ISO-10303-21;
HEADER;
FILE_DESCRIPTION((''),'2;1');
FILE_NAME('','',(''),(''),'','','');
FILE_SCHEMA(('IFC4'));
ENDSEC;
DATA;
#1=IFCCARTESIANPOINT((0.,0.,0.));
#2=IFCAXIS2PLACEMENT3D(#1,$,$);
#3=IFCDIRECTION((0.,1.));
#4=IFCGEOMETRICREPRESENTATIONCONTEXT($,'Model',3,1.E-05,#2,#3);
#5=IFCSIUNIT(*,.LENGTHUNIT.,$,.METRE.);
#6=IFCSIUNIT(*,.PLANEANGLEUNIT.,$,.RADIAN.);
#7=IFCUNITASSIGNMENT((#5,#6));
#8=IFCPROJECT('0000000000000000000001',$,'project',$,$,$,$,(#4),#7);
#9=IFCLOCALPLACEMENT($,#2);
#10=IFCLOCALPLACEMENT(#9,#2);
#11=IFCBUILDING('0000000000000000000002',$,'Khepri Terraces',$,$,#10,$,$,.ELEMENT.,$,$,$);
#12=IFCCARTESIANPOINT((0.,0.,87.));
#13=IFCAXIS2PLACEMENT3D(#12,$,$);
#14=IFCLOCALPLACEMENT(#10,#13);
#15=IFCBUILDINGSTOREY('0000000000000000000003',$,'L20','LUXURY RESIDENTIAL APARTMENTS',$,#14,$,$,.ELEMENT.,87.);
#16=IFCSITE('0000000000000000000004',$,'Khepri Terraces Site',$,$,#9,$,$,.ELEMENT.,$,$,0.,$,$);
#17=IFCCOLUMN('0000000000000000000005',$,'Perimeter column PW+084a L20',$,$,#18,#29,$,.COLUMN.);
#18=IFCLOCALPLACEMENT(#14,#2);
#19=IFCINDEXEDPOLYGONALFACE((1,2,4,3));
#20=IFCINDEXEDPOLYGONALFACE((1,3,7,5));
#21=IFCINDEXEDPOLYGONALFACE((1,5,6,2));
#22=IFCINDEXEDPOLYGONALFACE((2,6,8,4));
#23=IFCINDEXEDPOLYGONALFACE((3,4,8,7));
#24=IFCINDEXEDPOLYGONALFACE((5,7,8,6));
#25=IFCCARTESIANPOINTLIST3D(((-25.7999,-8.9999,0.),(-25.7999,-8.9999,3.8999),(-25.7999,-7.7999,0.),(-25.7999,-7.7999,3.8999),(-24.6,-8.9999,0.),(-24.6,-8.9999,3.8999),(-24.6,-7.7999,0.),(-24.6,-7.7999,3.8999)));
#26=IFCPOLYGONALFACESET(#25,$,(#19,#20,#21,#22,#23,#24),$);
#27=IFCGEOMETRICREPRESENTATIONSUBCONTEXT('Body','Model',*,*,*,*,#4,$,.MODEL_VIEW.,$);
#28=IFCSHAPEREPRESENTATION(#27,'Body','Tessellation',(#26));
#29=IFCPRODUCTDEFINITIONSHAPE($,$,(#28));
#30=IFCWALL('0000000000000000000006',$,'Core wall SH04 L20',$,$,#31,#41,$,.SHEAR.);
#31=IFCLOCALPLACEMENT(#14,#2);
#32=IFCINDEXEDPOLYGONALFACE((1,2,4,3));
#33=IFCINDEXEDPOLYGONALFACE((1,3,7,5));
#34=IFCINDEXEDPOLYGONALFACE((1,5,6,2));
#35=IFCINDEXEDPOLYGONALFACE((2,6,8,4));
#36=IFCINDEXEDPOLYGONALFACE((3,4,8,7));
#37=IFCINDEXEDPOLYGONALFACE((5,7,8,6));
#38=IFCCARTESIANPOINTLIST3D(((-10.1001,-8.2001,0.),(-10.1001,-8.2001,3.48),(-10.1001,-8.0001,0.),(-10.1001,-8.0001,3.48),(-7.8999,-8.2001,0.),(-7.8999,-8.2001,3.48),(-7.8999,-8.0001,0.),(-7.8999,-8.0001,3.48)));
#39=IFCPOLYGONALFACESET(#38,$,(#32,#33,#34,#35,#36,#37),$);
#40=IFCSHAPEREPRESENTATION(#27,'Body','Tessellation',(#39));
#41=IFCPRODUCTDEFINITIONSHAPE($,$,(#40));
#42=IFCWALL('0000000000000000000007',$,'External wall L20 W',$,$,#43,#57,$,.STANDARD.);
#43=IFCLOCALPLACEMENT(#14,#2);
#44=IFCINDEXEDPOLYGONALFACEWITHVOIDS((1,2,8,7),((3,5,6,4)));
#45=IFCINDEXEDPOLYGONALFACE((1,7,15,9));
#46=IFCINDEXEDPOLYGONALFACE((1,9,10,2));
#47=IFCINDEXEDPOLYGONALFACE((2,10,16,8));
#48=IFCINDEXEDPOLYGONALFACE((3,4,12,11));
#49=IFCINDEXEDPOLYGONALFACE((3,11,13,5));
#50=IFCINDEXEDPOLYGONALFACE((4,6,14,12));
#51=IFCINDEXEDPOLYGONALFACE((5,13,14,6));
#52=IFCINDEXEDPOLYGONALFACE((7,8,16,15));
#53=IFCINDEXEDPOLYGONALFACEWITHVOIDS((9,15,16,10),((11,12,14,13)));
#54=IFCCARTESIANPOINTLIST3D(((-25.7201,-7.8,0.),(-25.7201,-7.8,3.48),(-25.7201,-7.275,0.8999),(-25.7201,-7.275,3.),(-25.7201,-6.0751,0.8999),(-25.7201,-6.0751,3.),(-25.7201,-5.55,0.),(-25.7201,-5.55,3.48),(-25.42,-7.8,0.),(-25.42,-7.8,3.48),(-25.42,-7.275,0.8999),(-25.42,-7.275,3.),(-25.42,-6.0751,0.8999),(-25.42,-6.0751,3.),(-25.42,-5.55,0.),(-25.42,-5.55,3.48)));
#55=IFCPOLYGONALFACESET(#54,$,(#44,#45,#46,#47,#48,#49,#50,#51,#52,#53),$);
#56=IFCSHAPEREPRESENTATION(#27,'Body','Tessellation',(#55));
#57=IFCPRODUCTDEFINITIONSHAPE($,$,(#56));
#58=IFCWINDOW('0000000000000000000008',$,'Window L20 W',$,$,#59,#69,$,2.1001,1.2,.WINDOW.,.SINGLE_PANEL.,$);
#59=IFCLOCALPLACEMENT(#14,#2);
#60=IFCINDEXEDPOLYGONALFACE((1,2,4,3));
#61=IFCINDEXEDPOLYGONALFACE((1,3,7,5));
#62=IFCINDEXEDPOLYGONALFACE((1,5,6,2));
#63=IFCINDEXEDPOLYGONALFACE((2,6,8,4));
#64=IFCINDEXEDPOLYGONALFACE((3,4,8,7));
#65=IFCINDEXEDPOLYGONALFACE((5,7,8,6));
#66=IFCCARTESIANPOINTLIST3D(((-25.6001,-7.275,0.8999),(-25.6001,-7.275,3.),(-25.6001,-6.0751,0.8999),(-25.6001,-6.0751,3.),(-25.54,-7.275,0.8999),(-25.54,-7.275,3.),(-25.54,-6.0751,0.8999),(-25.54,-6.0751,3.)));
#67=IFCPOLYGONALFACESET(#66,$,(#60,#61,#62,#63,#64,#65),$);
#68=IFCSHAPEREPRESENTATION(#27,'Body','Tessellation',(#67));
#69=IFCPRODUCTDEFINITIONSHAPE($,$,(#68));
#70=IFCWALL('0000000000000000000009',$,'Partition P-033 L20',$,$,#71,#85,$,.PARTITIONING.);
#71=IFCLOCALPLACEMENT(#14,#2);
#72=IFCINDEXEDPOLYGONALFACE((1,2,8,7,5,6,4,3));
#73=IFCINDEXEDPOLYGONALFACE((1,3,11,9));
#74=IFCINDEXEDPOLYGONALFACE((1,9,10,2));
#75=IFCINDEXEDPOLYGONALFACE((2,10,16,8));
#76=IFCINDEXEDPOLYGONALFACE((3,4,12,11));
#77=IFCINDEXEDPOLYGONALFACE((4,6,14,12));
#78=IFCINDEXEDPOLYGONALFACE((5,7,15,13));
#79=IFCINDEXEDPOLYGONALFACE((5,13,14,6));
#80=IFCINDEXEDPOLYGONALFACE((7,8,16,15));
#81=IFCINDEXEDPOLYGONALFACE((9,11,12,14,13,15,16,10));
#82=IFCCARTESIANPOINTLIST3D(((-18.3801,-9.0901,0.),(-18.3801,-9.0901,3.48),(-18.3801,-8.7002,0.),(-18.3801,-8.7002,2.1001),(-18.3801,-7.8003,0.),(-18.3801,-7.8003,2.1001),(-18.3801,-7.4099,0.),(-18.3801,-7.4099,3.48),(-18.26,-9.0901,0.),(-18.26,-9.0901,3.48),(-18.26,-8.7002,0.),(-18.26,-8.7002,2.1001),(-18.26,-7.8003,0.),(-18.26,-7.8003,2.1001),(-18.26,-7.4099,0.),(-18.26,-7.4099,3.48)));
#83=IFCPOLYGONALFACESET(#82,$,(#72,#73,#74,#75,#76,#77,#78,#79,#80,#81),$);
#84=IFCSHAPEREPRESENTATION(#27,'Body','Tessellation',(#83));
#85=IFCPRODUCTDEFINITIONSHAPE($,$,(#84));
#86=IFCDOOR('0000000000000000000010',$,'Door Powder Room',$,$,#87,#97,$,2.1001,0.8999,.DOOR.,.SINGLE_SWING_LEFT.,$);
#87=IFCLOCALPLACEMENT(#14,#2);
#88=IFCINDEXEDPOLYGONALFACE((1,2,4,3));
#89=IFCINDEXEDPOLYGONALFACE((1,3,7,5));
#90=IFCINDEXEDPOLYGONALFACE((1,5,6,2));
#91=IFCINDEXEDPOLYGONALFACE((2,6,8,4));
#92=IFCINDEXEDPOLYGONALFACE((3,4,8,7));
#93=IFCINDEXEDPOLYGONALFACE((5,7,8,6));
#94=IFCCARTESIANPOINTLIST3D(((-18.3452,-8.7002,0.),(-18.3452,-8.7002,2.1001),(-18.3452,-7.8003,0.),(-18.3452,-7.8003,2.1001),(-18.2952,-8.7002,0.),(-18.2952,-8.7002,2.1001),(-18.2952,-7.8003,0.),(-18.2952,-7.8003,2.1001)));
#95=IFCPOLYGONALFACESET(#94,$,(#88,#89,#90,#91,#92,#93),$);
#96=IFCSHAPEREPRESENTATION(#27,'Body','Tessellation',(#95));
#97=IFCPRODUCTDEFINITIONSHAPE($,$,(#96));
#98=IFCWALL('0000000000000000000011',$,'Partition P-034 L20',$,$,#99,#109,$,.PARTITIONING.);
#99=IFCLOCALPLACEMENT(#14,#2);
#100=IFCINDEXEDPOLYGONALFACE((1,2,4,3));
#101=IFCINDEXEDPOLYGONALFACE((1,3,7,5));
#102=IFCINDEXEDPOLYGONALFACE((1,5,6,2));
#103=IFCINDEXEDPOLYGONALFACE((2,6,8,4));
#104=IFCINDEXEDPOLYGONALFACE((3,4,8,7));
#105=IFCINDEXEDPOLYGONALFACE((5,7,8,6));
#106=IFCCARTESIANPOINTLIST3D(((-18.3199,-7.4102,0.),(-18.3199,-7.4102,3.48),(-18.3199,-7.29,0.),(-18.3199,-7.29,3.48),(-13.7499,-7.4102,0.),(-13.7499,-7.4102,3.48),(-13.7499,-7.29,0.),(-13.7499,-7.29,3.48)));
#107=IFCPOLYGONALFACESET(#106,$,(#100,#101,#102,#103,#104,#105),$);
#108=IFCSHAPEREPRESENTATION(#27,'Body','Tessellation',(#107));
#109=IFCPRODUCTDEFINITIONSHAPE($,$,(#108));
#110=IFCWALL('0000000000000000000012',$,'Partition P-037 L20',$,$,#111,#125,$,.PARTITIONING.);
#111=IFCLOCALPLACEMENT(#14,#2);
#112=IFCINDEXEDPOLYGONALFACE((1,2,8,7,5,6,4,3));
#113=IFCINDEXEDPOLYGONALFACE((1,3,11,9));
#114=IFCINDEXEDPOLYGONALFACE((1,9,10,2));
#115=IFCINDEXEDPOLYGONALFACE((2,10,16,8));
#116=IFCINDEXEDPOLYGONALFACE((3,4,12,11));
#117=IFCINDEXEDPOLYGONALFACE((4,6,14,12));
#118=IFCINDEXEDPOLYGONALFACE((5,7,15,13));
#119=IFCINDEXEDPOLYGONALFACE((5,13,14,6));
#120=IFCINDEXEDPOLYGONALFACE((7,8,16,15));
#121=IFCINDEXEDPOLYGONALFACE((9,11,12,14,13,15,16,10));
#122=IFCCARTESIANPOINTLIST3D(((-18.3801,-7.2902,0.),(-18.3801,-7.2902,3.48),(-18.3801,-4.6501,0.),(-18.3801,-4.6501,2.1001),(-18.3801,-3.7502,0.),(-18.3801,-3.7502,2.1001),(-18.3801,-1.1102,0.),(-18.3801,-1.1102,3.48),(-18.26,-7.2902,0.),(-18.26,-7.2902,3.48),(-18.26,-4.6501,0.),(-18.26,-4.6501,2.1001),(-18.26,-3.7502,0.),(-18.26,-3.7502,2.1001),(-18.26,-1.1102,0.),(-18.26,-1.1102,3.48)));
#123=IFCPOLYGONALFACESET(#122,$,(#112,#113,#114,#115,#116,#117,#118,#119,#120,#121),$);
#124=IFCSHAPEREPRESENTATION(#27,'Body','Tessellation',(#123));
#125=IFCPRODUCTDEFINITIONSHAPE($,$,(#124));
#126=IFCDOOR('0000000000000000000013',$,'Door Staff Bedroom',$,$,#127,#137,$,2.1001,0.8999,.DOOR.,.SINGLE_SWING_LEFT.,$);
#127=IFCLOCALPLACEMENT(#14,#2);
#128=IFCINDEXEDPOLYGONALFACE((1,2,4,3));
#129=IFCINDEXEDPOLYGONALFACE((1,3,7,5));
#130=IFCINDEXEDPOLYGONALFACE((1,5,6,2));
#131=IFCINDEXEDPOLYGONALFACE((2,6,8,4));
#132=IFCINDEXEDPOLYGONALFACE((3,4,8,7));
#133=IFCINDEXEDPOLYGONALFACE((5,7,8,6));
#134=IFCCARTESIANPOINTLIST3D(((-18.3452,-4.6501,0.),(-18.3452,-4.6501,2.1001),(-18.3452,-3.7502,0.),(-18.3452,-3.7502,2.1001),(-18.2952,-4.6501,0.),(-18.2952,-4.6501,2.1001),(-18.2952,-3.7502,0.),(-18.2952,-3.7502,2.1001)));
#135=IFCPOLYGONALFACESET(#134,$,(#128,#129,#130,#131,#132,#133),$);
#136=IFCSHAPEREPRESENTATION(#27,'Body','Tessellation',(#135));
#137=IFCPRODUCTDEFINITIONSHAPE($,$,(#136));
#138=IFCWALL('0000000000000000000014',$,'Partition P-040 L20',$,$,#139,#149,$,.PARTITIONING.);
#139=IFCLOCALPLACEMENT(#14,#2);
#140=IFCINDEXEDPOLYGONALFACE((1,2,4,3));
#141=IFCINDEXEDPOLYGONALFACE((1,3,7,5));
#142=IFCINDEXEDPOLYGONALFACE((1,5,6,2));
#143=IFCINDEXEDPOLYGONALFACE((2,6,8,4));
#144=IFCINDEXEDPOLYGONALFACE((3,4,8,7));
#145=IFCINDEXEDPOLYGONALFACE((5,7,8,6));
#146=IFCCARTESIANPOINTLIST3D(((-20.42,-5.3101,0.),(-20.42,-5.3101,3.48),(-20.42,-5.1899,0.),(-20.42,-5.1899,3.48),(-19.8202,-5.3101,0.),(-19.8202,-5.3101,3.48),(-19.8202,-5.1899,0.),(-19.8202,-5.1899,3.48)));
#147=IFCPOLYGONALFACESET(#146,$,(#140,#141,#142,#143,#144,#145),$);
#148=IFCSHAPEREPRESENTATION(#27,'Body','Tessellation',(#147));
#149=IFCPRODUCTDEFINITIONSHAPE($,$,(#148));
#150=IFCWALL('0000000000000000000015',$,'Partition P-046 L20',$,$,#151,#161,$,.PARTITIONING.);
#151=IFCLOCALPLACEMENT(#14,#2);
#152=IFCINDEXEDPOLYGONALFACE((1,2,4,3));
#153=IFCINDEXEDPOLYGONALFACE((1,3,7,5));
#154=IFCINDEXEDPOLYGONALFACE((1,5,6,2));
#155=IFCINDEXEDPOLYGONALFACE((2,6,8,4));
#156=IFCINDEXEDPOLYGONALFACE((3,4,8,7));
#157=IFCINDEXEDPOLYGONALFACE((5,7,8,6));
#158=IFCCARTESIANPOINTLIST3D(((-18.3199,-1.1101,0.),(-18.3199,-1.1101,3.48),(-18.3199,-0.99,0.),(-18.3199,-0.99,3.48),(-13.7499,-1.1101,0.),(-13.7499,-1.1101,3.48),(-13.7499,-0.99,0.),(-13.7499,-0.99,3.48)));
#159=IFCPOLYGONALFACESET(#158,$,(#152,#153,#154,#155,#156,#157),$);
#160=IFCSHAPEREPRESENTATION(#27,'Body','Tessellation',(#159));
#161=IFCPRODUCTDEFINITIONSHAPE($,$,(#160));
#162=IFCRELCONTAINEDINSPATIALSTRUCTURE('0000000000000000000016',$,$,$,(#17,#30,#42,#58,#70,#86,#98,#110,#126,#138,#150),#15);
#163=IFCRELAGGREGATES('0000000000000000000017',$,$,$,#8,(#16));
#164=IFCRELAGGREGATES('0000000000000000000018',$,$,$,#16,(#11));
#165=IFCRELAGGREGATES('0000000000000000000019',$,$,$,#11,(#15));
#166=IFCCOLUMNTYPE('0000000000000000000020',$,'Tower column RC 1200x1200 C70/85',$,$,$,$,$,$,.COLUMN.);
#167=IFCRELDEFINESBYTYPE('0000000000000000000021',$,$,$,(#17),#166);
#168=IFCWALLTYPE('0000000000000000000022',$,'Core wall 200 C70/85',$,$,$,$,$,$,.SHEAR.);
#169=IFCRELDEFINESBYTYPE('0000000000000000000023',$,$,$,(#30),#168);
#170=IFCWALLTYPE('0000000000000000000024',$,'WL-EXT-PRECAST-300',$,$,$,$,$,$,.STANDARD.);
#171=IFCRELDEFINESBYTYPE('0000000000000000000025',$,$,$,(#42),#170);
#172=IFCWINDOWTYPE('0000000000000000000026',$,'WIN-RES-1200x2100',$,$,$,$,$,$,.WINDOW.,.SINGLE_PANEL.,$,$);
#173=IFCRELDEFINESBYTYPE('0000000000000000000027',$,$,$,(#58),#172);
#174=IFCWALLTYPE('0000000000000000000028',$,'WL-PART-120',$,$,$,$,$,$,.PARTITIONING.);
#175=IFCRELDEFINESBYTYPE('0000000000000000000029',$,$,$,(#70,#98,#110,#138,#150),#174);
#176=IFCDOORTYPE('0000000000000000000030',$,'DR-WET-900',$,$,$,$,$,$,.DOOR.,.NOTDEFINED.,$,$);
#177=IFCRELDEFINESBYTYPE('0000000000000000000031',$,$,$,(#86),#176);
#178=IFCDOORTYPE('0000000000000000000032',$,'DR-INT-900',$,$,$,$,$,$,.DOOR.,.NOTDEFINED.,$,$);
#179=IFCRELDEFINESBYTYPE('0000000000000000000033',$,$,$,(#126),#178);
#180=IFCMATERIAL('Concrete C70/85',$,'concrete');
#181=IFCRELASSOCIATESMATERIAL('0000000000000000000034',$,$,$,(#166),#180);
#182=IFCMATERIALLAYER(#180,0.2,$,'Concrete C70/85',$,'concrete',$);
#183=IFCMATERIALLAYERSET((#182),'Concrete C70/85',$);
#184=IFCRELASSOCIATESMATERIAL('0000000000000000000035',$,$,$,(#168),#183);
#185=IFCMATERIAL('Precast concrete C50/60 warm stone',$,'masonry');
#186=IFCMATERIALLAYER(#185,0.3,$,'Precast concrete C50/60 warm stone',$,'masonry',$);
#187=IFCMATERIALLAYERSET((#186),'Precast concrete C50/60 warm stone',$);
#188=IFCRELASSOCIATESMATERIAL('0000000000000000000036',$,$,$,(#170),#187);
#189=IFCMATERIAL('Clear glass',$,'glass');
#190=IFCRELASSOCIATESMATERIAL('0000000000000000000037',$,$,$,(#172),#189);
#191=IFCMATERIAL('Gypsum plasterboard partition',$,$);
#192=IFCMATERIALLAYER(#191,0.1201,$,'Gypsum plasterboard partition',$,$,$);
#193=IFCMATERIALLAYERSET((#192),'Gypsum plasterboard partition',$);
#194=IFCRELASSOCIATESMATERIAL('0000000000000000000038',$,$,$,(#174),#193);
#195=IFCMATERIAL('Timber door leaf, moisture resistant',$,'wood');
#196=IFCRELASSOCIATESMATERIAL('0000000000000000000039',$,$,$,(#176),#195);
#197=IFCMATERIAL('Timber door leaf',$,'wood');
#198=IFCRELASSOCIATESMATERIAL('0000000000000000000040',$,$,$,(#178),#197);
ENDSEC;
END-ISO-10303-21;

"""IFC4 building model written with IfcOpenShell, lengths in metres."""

from ifc_helpers import new_model, si_unit, direction, frame, frame_2d, origin, origin_2d, place, context, subcontext, project, spatial, rectangle, extrude, material, layer, layer_set, material_profile, profile_set, type_object, element, fill, save


model = new_model("IFC4")

# Units and contexts
model_context = context("Model", 3, precision=1e-05, world=origin(), true_north=direction((0.0, 1.0)))
body_context = subcontext(model_context, "Body", "Model", "MODEL_VIEW")
ifc_project = project(units=[si_unit("LENGTHUNIT", "METRE"), si_unit("PLANEANGLEUNIT", "RADIAN")], contexts=[model_context])

# Site, building, storey
site_placement = place(None, origin())
site = spatial("IfcSite", under=ifc_project, at=site_placement, Name="Khepri Terraces Site", CompositionType="ELEMENT", RefElevation=0.0)
building_placement = place(site_placement, origin())
building = spatial("IfcBuilding", under=site, at=building_placement, Name="Khepri Terraces", CompositionType="ELEMENT")
storey_placement = place(building_placement, frame((0.0, 0.0, 87.0)))
storey = spatial("IfcBuildingStorey", under=building, at=storey_placement, Name="L20", Description="LUXURY RESIDENTIAL APARTMENTS", CompositionType="ELEMENT", Elevation=87.0)

# Column
ifc_material_1 = material(Name="Concrete C70/85", Category="concrete")
ifc_material_profile = material_profile(ifc_material_1, rectangle(XDim=1.2, YDim=1.2, at=origin_2d()), Name="Concrete C70/85", Category="concrete")
ifc_profile_set = profile_set([ifc_material_profile], Name="Concrete C70/85")
column_type = type_object("IfcColumnType", Name="Tower column RC 1200x1200 C70/85", PredefinedType="COLUMN", material=ifc_profile_set)
column_placement = place(storey_placement, frame((-25.2, -8.3999, 0.0), z_axis=(0.0, 0.0, 1.0), x_axis=(1.0, 0.0, 0.0)))
element("IfcColumn", 1, at=column_placement, inside=storey, type_object=column_type, Name="Perimeter column PW+084a L20", PredefinedType="COLUMN", context=body_context, shape_type="SweptSolid", body=[
    extrude(rectangle(XDim=1.2, YDim=1.2, at=origin_2d()), origin(), (0.0, 0.0, 1.0), 3.8999),
])

# Wall
ifc_layer_1 = layer(ifc_material_1, 0.2, Name="Concrete C70/85", Category="concrete")
ifc_layer_set_1 = layer_set([ifc_layer_1], Name="Concrete C70/85")
wall_type_1 = type_object("IfcWallType", Name="Core wall 200 C70/85", PredefinedType="SHEAR", material=ifc_layer_set_1)
wall_1_placement = place(storey_placement, frame((-10.1001, -8.1001, 0.0), z_axis=(0.0, 0.0, 1.0), x_axis=(1.0, 0.0, 0.0)))
element("IfcWall", 2, at=wall_1_placement, inside=storey, type_object=wall_type_1, Name="Core wall SH04 L20", PredefinedType="SHEAR", context=body_context, shape_type="SweptSolid", body=[
    extrude(rectangle(XDim=2.2002, YDim=0.2, at=frame_2d((1.1001, 0.0))), origin(), (0.0, 0.0, 1.0), 3.48),
])

# Shared definitions
ifc_material_2 = material(Name="Precast concrete C50/60 warm stone", Category="masonry")
ifc_layer_2 = layer(ifc_material_2, 0.3, Name="Precast concrete C50/60 warm stone", Category="masonry")
ifc_layer_set_2 = layer_set([ifc_layer_2], Name="Precast concrete C50/60 warm stone")
wall_type_2 = type_object("IfcWallType", Name="WL-EXT-PRECAST-300", PredefinedType="STANDARD", material=ifc_layer_set_2)

# Wall, opening, window
wall_2_placement = place(storey_placement, frame((-25.5701, -5.55, 0.0), z_axis=(0.0, 0.0, 1.0), x_axis=(0.0, -1.0, 0.0)))
wall_2 = element("IfcWall", 3, at=wall_2_placement, inside=storey, type_object=wall_type_2, Name="External wall L20 W", PredefinedType="STANDARD", context=body_context, shape_type="SweptSolid", body=[
    extrude(rectangle(XDim=2.25, YDim=0.3, at=frame_2d((1.125, 0.0))), origin(), (0.0, 0.0, 1.0), 3.48),
])
opening_1_placement = place(wall_2_placement, frame((0.5249, 0.0, 0.8999)))
opening_1 = element("IfcOpeningElement", 4, at=opening_1_placement, cuts=wall_2, PredefinedType="OPENING", context=body_context, shape_type="SweptSolid", body=[
    extrude(rectangle(XDim=1.2, YDim=2.1001, at=frame_2d((0.6001, 1.05))), frame((0.0, 0.1602, 0.0), z_axis=(0.0, -1.0, 0.0), x_axis=(1.0, 0.0, 0.0)), (0.0, 0.0, 1.0), 0.3201),
])
ifc_material_3 = material(Name="Clear glass", Category="glass")
window_type_1 = type_object("IfcWindowType", Name="WIN-RES-1200x2100", PartitioningType="SINGLE_PANEL", PredefinedType="WINDOW", material=ifc_material_3)
window_1_placement = place(opening_1_placement, origin())
window_1 = element("IfcWindow", 5, at=window_1_placement, inside=storey, type_object=window_type_1, Name="Window L20 W", OverallHeight=2.1001, OverallWidth=1.2, PartitioningType="SINGLE_PANEL", PredefinedType="WINDOW", context=body_context, shape_type="SweptSolid", body=[
    extrude(rectangle(XDim=1.2, YDim=2.1001, at=frame_2d((0.6001, 1.05))), frame((0.0, 0.03, 0.0), z_axis=(0.0, -1.0, 0.0), x_axis=(1.0, 0.0, 0.0)), (0.0, 0.0, 1.0), 0.0601),
])
fill(opening_1, window_1)

# Wall, opening, door
ifc_material_4 = material(Name="Gypsum plasterboard partition")
ifc_layer_3 = layer(ifc_material_4, 0.1201, Name="Gypsum plasterboard partition")
ifc_layer_set_3 = layer_set([ifc_layer_3], Name="Gypsum plasterboard partition")
wall_type_3 = type_object("IfcWallType", Name="WL-PART-120", PredefinedType="PARTITIONING", material=ifc_layer_set_3)
wall_3_placement = place(storey_placement, frame((-18.3201, -9.0901, 0.0), z_axis=(0.0, 0.0, 1.0), x_axis=(0.0, 1.0, 0.0)))
wall_3 = element("IfcWall", 6, at=wall_3_placement, inside=storey, type_object=wall_type_3, Name="Partition P-033 L20", PredefinedType="PARTITIONING", context=body_context, shape_type="SweptSolid", body=[
    extrude(rectangle(XDim=1.6802, YDim=0.1201, at=frame_2d((0.8401, 0.0))), origin(), (0.0, 0.0, 1.0), 3.48),
])
opening_2_placement = place(wall_3_placement, frame((0.3899, 0.0, 0.0)))
opening_2 = element("IfcOpeningElement", 7, at=opening_2_placement, cuts=wall_3, PredefinedType="OPENING", context=body_context, shape_type="SweptSolid", body=[
    extrude(rectangle(XDim=0.8999, YDim=2.1001, at=frame_2d((0.45, 1.05))), frame((0.0, 0.0701, 0.0), z_axis=(0.0, -1.0, 0.0), x_axis=(1.0, 0.0, 0.0)), (0.0, 0.0, 1.0), 0.1401),
])
ifc_material_5 = material(Name="Timber door leaf, moisture resistant", Category="wood")
door_type_1 = type_object("IfcDoorType", Name="DR-WET-900", OperationType="NOTDEFINED", PredefinedType="DOOR", material=ifc_material_5)
door_1_placement = place(opening_2_placement, frame((0.8999, 0.0, 0.0), z_axis=(0.0, 0.0, 1.0), x_axis=(-1.0, 0.0, 0.0)))
door_1 = element("IfcDoor", 8, at=door_1_placement, inside=storey, type_object=door_type_1, Name="Door Powder Room", OperationType="SINGLE_SWING_LEFT", OverallHeight=2.1001, OverallWidth=0.8999, PredefinedType="DOOR", context=body_context, shape_type="SweptSolid", body=[
    extrude(rectangle(XDim=0.8999, YDim=2.1001, at=frame_2d((0.45, 1.05))), frame((0.0, 0.0249, 0.0), z_axis=(0.0, -1.0, 0.0), x_axis=(1.0, 0.0, 0.0)), (0.0, 0.0, 1.0), 0.05),
])
fill(opening_2, door_1)

# Wall
wall_4_placement = place(storey_placement, frame((-18.3201, -7.3501, 0.0), z_axis=(0.0, 0.0, 1.0), x_axis=(1.0, 0.0, 0.0)))
element("IfcWall", 9, at=wall_4_placement, inside=storey, type_object=wall_type_3, Name="Partition P-034 L20", PredefinedType="PARTITIONING", context=body_context, shape_type="SweptSolid", body=[
    extrude(rectangle(XDim=4.5701, YDim=0.1201, at=frame_2d((2.2852, 0.0))), origin(), (0.0, 0.0, 1.0), 3.48),
])

# Wall, opening, door
wall_5_placement = place(storey_placement, frame((-18.3201, -7.29, 0.0), z_axis=(0.0, 0.0, 1.0), x_axis=(0.0, 1.0, 0.0)))
wall_5 = element("IfcWall", 10, at=wall_5_placement, inside=storey, type_object=wall_type_3, Name="Partition P-037 L20", PredefinedType="PARTITIONING", context=body_context, shape_type="SweptSolid", body=[
    extrude(rectangle(XDim=6.1799, YDim=0.1201, at=frame_2d((3.0898, 0.0))), origin(), (0.0, 0.0, 1.0), 3.48),
])
opening_3_placement = place(wall_5_placement, frame((2.6399, 0.0, 0.0)))
opening_3 = element("IfcOpeningElement", 11, at=opening_3_placement, cuts=wall_5, PredefinedType="OPENING", context=body_context, shape_type="SweptSolid", body=[
    extrude(rectangle(XDim=0.8999, YDim=2.1001, at=frame_2d((0.45, 1.05))), frame((0.0, 0.0701, 0.0), z_axis=(0.0, -1.0, 0.0), x_axis=(1.0, 0.0, 0.0)), (0.0, 0.0, 1.0), 0.1401),
])
ifc_material_6 = material(Name="Timber door leaf", Category="wood")
door_type_2 = type_object("IfcDoorType", Name="DR-INT-900", OperationType="NOTDEFINED", PredefinedType="DOOR", material=ifc_material_6)
door_2_placement = place(opening_3_placement, frame((0.8999, 0.0, 0.0), z_axis=(0.0, 0.0, 1.0), x_axis=(-1.0, 0.0, 0.0)))
door_2 = element("IfcDoor", 12, at=door_2_placement, inside=storey, type_object=door_type_2, Name="Door Staff Bedroom", OperationType="SINGLE_SWING_LEFT", OverallHeight=2.1001, OverallWidth=0.8999, PredefinedType="DOOR", context=body_context, shape_type="SweptSolid", body=[
    extrude(rectangle(XDim=0.8999, YDim=2.1001, at=frame_2d((0.45, 1.05))), frame((0.0, 0.0249, 0.0), z_axis=(0.0, -1.0, 0.0), x_axis=(1.0, 0.0, 0.0)), (0.0, 0.0, 1.0), 0.05),
])
fill(opening_3, door_2)

# Walls
wall_6_placement = place(storey_placement, frame((-20.4199, -5.25, 0.0), z_axis=(0.0, 0.0, 1.0), x_axis=(1.0, 0.0, 0.0)))
element("IfcWall", 13, at=wall_6_placement, inside=storey, type_object=wall_type_3, Name="Partition P-040 L20", PredefinedType="PARTITIONING", context=body_context, shape_type="SweptSolid", body=[
    extrude(rectangle(XDim=0.5999, YDim=0.1201, at=frame_2d((0.2998, 0.0))), origin(), (0.0, 0.0, 1.0), 3.48),
])
wall_7_placement = place(storey_placement, frame((-18.3201, -1.05, 0.0), z_axis=(0.0, 0.0, 1.0), x_axis=(1.0, 0.0, 0.0)))
element("IfcWall", 14, at=wall_7_placement, inside=storey, type_object=wall_type_3, Name="Partition P-046 L20", PredefinedType="PARTITIONING", context=body_context, shape_type="SweptSolid", body=[
    extrude(rectangle(XDim=4.5701, YDim=0.1201, at=frame_2d((2.2852, 0.0))), origin(), (0.0, 0.0, 1.0), 3.48),
])

save(model, "model.ifc")
